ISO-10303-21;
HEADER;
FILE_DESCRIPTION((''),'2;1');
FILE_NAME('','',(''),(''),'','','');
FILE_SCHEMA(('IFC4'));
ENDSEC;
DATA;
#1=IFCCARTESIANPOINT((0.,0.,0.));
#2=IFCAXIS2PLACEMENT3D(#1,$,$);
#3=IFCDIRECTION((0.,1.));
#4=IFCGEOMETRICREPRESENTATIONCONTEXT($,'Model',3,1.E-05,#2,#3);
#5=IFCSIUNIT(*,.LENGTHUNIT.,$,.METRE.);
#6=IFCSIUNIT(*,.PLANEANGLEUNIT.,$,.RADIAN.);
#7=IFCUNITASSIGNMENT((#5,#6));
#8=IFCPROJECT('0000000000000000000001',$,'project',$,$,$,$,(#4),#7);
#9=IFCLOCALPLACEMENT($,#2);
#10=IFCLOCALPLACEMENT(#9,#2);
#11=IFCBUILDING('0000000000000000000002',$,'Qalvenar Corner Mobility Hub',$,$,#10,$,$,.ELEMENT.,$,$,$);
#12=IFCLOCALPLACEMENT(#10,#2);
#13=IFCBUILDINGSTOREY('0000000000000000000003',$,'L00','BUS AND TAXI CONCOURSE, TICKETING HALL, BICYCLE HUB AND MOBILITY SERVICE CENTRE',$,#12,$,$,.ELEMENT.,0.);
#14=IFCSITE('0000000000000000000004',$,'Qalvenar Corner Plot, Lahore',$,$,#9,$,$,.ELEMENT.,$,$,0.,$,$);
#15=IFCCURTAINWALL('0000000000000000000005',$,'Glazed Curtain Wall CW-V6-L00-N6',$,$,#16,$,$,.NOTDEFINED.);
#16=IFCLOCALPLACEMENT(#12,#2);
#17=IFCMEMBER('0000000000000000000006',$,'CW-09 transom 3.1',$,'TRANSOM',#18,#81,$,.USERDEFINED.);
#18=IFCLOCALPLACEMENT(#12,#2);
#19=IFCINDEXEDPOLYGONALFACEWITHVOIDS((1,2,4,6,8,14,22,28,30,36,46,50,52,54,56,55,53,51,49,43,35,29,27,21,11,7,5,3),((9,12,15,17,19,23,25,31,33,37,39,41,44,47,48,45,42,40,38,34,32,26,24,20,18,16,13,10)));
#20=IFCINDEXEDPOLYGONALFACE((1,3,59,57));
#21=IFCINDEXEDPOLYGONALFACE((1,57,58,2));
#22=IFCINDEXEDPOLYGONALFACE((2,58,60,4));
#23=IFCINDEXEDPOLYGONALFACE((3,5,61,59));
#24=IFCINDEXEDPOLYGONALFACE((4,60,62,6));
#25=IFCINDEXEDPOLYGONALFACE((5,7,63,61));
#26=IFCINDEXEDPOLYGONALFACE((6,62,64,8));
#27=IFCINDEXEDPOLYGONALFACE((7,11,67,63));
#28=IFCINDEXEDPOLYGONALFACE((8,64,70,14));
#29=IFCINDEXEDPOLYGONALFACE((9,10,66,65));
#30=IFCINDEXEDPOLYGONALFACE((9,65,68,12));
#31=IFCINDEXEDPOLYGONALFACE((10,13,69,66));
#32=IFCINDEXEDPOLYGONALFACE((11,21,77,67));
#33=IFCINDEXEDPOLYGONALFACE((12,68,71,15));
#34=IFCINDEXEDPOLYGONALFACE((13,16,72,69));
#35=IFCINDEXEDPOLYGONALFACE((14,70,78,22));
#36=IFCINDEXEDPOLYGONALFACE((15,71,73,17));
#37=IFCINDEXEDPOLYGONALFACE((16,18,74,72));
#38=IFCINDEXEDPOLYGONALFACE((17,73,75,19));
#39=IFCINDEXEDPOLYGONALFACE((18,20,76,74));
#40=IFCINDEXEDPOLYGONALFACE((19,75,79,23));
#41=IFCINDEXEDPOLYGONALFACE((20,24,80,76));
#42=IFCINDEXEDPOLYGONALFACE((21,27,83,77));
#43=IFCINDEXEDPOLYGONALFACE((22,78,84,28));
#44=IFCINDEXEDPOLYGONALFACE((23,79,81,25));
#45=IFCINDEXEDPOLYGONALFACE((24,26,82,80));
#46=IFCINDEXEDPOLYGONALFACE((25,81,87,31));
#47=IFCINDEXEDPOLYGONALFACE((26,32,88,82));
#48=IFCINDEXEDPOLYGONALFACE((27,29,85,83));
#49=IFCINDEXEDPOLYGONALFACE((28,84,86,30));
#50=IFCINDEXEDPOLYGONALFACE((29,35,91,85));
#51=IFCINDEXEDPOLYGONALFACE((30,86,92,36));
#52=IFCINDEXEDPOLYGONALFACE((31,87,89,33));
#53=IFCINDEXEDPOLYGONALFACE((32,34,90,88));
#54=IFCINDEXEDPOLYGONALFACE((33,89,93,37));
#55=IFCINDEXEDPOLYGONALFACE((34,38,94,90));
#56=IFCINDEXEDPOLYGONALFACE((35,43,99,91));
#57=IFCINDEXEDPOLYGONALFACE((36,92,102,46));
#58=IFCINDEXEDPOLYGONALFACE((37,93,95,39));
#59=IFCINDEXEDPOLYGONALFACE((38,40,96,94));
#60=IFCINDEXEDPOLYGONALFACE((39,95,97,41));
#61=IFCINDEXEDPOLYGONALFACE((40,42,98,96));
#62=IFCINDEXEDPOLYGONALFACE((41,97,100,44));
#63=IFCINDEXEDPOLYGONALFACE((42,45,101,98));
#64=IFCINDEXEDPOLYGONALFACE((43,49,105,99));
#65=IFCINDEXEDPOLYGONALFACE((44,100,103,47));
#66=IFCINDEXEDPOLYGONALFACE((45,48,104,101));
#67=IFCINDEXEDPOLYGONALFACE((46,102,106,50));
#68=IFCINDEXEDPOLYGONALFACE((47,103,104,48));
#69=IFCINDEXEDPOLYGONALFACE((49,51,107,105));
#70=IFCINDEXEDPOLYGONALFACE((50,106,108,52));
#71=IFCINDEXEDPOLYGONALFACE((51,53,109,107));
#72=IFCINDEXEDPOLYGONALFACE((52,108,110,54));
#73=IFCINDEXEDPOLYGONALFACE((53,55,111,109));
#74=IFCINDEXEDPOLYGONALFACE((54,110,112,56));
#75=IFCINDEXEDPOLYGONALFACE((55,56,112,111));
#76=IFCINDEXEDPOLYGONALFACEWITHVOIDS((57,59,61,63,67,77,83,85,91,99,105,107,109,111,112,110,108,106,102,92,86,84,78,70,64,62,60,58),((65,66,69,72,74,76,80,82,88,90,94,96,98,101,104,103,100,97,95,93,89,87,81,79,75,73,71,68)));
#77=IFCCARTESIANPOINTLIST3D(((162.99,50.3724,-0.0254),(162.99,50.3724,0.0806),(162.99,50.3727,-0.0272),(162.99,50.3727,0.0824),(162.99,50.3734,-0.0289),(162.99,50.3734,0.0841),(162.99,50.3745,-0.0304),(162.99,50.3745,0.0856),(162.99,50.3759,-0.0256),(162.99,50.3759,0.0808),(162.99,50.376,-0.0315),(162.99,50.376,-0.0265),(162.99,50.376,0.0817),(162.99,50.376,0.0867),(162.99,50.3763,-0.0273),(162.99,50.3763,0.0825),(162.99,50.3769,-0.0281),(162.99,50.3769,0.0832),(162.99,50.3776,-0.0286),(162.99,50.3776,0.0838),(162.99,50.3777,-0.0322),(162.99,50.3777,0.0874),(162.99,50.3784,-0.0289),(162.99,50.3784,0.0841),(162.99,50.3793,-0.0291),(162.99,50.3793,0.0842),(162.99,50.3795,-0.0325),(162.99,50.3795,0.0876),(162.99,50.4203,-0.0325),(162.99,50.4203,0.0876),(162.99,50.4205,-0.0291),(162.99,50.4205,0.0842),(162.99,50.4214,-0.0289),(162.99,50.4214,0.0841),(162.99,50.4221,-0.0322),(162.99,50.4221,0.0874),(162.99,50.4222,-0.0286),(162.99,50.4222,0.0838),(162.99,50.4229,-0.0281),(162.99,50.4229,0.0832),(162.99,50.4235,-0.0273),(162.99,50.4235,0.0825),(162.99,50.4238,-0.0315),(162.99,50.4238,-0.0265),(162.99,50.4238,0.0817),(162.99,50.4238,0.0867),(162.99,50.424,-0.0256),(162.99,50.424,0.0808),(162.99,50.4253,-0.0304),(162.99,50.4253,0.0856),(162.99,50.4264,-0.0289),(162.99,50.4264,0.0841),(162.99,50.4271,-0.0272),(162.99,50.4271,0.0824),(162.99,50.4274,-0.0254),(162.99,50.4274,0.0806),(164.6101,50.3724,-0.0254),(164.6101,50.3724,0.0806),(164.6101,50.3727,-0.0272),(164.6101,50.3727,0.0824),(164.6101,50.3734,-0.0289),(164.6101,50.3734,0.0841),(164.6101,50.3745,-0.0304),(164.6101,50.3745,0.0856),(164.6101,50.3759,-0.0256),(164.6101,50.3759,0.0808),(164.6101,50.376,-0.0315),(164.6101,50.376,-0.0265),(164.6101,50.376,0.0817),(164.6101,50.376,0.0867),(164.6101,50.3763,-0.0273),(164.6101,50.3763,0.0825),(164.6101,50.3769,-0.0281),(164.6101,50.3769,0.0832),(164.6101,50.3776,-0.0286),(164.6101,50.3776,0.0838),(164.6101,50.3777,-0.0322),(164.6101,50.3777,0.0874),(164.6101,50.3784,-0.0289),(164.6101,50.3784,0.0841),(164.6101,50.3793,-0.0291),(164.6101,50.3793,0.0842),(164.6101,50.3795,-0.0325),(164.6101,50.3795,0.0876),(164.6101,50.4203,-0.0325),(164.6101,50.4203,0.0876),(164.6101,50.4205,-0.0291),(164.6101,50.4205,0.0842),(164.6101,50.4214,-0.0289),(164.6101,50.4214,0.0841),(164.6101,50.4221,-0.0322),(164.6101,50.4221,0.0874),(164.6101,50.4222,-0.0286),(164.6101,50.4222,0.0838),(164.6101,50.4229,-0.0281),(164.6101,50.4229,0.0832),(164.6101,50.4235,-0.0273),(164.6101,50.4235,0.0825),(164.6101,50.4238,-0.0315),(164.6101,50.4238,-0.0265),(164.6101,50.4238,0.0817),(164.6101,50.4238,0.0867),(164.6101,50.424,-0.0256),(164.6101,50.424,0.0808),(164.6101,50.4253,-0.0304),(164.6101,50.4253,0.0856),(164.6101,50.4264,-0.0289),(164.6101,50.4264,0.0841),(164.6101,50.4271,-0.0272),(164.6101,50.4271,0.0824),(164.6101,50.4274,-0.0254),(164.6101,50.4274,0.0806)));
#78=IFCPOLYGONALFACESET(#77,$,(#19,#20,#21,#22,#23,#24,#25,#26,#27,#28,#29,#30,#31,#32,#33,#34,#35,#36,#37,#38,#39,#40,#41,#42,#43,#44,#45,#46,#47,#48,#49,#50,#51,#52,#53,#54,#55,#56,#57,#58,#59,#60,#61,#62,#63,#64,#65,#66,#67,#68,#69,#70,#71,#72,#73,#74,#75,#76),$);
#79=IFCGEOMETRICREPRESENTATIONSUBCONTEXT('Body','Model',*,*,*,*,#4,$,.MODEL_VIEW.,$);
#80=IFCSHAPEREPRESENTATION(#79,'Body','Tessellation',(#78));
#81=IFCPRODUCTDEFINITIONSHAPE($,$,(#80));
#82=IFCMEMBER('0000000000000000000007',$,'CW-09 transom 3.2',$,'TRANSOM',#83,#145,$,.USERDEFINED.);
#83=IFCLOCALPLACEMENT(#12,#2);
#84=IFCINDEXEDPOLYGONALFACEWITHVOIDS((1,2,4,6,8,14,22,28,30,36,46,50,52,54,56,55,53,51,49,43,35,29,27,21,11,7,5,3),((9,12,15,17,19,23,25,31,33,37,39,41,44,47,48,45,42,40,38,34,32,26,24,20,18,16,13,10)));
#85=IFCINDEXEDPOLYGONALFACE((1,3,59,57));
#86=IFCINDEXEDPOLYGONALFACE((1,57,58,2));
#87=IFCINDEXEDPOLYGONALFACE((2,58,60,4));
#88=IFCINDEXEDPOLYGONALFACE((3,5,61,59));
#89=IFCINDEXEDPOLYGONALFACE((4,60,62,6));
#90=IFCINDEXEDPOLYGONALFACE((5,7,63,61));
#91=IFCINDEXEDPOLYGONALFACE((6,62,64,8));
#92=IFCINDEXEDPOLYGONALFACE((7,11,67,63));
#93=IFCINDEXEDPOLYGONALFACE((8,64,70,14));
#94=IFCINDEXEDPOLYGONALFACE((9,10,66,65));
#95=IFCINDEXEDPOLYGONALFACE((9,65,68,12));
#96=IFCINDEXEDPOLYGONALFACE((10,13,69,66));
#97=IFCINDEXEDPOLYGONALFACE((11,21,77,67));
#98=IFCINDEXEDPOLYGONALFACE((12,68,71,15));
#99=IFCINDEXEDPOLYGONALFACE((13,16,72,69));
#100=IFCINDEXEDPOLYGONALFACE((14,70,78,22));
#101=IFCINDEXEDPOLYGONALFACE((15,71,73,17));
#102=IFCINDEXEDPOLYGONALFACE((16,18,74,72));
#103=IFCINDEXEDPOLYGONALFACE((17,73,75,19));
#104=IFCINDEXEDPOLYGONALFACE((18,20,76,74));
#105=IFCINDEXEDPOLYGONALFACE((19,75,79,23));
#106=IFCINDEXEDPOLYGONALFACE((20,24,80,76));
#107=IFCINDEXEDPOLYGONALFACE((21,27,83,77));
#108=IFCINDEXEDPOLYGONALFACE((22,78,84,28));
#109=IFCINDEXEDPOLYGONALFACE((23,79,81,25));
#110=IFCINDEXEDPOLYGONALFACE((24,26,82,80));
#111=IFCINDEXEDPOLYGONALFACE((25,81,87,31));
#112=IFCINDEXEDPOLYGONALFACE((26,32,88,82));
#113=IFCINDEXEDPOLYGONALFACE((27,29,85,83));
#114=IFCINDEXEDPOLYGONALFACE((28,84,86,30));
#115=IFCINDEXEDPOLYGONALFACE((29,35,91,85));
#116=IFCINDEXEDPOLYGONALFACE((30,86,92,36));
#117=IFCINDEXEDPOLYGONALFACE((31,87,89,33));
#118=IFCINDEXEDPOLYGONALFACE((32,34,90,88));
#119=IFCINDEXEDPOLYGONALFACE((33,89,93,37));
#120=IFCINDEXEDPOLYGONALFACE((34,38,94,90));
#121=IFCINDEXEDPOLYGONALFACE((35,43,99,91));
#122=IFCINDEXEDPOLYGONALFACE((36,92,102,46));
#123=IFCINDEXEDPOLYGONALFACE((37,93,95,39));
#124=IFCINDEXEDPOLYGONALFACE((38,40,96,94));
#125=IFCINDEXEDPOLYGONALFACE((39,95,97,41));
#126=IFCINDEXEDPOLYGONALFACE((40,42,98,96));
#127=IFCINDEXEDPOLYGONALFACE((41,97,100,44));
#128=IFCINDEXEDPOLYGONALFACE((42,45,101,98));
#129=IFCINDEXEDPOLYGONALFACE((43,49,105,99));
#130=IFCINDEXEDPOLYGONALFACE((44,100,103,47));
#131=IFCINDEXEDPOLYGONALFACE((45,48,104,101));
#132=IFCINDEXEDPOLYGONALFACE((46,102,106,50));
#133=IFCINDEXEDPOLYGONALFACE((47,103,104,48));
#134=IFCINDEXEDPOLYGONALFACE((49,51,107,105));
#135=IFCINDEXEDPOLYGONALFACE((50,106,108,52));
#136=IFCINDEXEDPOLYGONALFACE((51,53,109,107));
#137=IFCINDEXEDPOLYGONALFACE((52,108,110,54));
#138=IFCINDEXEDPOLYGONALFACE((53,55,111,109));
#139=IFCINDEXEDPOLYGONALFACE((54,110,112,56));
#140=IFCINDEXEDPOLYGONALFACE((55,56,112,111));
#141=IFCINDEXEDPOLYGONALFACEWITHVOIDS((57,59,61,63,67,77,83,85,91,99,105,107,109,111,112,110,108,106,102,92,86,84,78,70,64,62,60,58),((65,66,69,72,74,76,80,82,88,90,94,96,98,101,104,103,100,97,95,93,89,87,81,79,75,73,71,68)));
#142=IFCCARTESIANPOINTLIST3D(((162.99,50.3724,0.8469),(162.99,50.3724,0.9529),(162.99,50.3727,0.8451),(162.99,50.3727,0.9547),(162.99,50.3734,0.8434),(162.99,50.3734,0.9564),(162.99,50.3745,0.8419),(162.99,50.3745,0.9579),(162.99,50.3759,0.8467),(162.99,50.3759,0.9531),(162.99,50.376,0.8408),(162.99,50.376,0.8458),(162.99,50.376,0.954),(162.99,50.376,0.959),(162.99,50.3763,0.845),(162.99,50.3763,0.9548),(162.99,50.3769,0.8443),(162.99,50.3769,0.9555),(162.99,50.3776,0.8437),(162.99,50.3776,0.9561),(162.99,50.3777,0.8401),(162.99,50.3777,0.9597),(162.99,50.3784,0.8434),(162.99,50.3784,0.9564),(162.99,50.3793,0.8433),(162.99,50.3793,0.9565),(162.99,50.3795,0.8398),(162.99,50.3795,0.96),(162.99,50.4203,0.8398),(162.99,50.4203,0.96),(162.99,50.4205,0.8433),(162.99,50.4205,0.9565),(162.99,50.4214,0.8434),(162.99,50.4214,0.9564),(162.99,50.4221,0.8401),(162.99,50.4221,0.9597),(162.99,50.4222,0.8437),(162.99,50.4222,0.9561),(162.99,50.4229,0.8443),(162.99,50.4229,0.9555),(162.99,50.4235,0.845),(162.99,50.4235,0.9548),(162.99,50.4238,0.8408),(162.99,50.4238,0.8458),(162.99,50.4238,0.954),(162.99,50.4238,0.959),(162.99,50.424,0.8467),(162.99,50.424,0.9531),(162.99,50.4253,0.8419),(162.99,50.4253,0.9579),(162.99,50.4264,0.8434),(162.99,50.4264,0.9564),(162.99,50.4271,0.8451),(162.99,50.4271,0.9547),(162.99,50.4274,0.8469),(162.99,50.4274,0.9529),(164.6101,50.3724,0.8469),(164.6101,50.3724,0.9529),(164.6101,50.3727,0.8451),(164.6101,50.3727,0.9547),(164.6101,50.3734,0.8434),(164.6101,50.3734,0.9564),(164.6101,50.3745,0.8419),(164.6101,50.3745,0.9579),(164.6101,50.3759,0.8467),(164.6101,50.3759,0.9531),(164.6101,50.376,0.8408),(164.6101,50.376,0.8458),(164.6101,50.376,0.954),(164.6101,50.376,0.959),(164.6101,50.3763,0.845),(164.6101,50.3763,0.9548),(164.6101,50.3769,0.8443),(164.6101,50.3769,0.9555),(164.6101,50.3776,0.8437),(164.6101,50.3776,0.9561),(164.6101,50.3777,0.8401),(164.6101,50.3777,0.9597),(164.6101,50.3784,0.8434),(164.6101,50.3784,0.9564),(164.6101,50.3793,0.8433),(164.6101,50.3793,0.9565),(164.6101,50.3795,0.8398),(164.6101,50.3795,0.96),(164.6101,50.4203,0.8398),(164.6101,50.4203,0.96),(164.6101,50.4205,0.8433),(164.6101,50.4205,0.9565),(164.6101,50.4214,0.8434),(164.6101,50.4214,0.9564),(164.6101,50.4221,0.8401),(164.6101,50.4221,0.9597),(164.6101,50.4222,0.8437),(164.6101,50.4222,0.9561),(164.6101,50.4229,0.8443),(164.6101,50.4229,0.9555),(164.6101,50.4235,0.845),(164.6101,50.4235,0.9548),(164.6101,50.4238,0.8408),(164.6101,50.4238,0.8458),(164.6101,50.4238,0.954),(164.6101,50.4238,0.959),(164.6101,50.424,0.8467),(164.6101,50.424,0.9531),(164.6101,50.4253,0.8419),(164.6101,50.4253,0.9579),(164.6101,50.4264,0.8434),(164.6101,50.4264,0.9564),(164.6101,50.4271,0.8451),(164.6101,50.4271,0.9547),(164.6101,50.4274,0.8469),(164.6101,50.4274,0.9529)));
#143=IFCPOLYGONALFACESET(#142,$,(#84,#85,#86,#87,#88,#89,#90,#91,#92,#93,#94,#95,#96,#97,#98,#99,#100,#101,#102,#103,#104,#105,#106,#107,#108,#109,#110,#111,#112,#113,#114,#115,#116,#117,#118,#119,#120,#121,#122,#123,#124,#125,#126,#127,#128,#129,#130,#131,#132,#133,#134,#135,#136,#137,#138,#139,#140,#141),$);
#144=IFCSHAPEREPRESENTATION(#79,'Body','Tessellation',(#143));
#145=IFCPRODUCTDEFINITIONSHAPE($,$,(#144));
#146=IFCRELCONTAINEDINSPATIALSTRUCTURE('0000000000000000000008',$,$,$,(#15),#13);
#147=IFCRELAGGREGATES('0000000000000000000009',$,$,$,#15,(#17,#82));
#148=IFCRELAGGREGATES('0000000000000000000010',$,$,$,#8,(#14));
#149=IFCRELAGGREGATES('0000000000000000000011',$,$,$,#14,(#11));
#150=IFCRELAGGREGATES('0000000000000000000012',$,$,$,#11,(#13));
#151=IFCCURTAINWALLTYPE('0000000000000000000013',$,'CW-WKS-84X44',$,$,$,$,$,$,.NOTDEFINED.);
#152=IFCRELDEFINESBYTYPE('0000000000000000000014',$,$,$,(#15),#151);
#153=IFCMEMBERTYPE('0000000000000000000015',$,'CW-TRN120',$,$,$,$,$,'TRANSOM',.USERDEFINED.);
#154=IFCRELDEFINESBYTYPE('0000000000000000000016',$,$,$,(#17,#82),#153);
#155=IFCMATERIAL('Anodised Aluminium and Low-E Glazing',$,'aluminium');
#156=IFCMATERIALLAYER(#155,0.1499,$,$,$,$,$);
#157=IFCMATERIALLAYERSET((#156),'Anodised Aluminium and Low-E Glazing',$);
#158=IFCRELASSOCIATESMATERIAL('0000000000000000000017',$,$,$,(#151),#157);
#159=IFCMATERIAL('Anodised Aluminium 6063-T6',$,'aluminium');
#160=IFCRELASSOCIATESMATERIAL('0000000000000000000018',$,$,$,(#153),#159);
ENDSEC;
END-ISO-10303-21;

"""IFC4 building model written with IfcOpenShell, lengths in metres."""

from ifc_helpers import new_model, si_unit, direction, frame, origin, origin_2d, place, context, subcontext, project, spatial, hollow_rectangle, extrude, material, layer, layer_set, material_profile, profile_set, type_object, element, aggregate, save


model = new_model("IFC4")

# Units and contexts
model_context = context("Model", 3, precision=1e-05, world=origin(), true_north=direction((0.0, 1.0)))
body_context = subcontext(model_context, "Body", "Model", "MODEL_VIEW")
ifc_project = project(units=[si_unit("LENGTHUNIT", "METRE"), si_unit("PLANEANGLEUNIT", "RADIAN")], contexts=[model_context])

# Site, building, storey
site_placement = place(None, origin())
site = spatial("IfcSite", under=ifc_project, at=site_placement, Name="Qalvenar Corner Plot, Lahore", CompositionType="ELEMENT", RefElevation=0.0)
building_placement = place(site_placement, origin())
building = spatial("IfcBuilding", under=site, at=building_placement, Name="Qalvenar Corner Mobility Hub", CompositionType="ELEMENT")
storey_placement = place(building_placement, origin())
storey = spatial("IfcBuildingStorey", under=building, at=storey_placement, Name="L00", Description="BUS AND TAXI CONCOURSE, TICKETING HALL, BICYCLE HUB AND MOBILITY SERVICE CENTRE", CompositionType="ELEMENT", Elevation=0.0)

# Curtain wall, members
ifc_material_1 = material(Name="Anodised Aluminium and Low-E Glazing", Category="aluminium")
ifc_layer_1 = layer(ifc_material_1, 0.1499)
ifc_layer_set_1 = layer_set([ifc_layer_1], Name="Anodised Aluminium and Low-E Glazing")
curtain_wall_type = type_object("IfcCurtainWallType", Name="CW-WKS-84X44", PredefinedType="NOTDEFINED", material=ifc_layer_set_1)
curtain_wall_placement = place(storey_placement, origin())
curtain_wall = element("IfcCurtainWall", 1, at=curtain_wall_placement, inside=storey, type_object=curtain_wall_type, Name="Glazed Curtain Wall CW-V6-L00-N6", PredefinedType="NOTDEFINED")
ifc_material_2 = material(Name="Anodised Aluminium 6063-T6", Category="aluminium")
ifc_material_profile_1 = material_profile(ifc_material_2, hollow_rectangle(XDim=0.0549, YDim=0.1201, WallThickness=0.0034, InnerFilletRadius=0.0034, OuterFilletRadius=0.0071, at=origin_2d()), Name="RHS120x55x3.5")
ifc_profile_set_1 = profile_set([ifc_material_profile_1], Name="Anodised Aluminium 6063-T6")
member_type_1 = type_object("IfcMemberType", Name="CW-TRN120", ElementType="TRANSOM", PredefinedType="USERDEFINED", material=ifc_profile_set_1)
member_1_placement = place(storey_placement, frame((164.6101, 50.3999, 0.0276), z_axis=(-1.0, 0.0, 0.0), x_axis=(0.0, -1.0, 0.0)))
member_1 = element("IfcMember", 2, at=member_1_placement, type_object=member_type_1, Name="CW-09 transom 3.1", ObjectType="TRANSOM", PredefinedType="USERDEFINED", context=body_context, shape_type="SweptSolid", body=[
    extrude(hollow_rectangle(XDim=0.0549, YDim=0.1201, WallThickness=0.0034, InnerFilletRadius=0.0034, OuterFilletRadius=0.0071, at=origin_2d()), origin(), (0.0, 0.0, 1.0), 1.6201),
])
member_2_placement = place(storey_placement, frame((164.6101, 50.3999, 0.8999), z_axis=(-1.0, 0.0, 0.0), x_axis=(0.0, -1.0, 0.0)))
member_2 = element("IfcMember", 3, at=member_2_placement, type_object=member_type_1, Name="CW-09 transom 3.2", ObjectType="TRANSOM", PredefinedType="USERDEFINED", context=body_context, shape_type="SweptSolid", body=[
    extrude(hollow_rectangle(XDim=0.0549, YDim=0.1201, WallThickness=0.0034, InnerFilletRadius=0.0034, OuterFilletRadius=0.0071, at=origin_2d()), origin(), (0.0, 0.0, 1.0), 1.6201),
])
aggregate(curtain_wall, [member_1, member_2])

save(model, "model.ifc")
